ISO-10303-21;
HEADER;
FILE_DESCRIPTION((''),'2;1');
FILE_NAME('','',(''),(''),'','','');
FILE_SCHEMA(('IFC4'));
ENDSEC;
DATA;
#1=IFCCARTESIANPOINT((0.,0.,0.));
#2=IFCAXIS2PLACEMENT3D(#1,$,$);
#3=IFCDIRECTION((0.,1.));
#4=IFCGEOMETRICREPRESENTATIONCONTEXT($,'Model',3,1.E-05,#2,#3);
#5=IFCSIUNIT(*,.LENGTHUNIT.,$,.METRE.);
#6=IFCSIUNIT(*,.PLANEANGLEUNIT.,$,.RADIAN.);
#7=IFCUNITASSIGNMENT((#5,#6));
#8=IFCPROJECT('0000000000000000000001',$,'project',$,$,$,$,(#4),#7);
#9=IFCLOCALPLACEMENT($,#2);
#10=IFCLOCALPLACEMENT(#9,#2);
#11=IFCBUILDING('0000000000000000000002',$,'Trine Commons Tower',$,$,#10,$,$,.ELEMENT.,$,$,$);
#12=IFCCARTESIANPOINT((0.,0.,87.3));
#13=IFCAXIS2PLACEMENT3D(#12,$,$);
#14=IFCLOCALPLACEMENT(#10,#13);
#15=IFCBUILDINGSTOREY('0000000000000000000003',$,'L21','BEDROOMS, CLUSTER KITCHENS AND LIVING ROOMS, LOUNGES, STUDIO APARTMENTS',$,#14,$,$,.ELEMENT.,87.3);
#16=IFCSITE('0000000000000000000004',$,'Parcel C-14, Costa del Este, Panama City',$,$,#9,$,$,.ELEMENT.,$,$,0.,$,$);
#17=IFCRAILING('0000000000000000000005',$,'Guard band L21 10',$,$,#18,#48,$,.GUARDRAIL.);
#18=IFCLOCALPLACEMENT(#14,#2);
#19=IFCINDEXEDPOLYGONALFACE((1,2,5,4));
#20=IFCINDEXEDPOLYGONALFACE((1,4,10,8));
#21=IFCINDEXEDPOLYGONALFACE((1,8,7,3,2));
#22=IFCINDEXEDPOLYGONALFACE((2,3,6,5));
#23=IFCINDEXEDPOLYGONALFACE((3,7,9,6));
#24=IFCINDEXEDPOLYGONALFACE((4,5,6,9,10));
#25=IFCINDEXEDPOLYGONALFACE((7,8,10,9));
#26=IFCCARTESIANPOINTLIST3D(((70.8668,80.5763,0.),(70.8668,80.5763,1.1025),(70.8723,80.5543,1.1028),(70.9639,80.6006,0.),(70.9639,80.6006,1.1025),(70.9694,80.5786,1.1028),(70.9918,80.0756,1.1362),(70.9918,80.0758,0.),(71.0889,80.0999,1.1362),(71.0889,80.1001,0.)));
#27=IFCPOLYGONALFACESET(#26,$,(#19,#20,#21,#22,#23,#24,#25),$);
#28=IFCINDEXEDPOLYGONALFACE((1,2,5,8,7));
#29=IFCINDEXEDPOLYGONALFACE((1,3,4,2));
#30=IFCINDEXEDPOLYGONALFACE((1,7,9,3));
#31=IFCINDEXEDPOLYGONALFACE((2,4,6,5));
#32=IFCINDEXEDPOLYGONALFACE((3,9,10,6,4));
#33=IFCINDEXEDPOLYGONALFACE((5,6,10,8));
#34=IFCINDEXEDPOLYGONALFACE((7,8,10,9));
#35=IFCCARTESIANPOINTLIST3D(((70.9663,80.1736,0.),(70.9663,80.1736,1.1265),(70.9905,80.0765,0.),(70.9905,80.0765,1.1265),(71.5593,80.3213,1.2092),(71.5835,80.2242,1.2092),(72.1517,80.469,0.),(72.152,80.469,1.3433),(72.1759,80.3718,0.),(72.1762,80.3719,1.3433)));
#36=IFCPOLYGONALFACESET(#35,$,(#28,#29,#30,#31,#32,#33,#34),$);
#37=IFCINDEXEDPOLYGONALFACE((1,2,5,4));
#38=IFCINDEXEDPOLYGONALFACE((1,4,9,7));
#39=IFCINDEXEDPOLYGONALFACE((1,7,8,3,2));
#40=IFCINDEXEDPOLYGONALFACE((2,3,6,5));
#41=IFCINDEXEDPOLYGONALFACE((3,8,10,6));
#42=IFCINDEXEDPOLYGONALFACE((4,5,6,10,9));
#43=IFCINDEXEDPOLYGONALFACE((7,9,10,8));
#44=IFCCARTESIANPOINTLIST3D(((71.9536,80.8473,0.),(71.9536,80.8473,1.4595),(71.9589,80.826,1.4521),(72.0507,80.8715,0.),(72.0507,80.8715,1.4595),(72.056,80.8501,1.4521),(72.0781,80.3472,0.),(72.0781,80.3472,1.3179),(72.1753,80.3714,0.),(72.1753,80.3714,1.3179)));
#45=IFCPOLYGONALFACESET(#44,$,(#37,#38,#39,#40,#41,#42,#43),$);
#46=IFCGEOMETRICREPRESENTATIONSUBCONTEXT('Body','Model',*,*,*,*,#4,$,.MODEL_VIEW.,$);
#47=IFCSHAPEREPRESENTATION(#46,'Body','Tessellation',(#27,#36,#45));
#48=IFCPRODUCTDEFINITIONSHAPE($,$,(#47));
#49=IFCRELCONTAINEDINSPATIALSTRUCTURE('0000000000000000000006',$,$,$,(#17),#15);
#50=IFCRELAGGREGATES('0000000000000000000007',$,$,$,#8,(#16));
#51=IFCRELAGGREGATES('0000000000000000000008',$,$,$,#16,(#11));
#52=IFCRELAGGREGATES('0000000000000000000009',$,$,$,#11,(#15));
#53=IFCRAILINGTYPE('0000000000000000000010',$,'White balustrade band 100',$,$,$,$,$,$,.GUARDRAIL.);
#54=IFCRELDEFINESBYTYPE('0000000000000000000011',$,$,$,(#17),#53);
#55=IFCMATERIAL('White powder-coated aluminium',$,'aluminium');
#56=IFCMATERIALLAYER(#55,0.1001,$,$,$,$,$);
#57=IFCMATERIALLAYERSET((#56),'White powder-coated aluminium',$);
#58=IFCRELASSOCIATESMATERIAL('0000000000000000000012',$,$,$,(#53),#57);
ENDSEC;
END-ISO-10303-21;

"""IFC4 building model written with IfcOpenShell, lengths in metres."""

from ifc_helpers import new_model, si_unit, direction, frame, origin, place, context, subcontext, project, spatial, polyline, outline, extrude, material, layer, layer_set, type_object, element, save


model = new_model("IFC4")

# Units and contexts
model_context = context("Model", 3, precision=1e-05, world=origin(), true_north=direction((0.0, 1.0)))
body_context = subcontext(model_context, "Body", "Model", "MODEL_VIEW")
ifc_project = project(units=[si_unit("LENGTHUNIT", "METRE"), si_unit("PLANEANGLEUNIT", "RADIAN")], contexts=[model_context])

# Site, building, storey
site_placement = place(None, origin())
site = spatial("IfcSite", under=ifc_project, at=site_placement, Name="Parcel C-14, Costa del Este, Panama City", CompositionType="ELEMENT", RefElevation=0.0)
building_placement = place(site_placement, origin())
building = spatial("IfcBuilding", under=site, at=building_placement, Name="Trine Commons Tower", CompositionType="ELEMENT")
storey_placement = place(building_placement, frame((0.0, 0.0, 87.3)))
storey = spatial("IfcBuildingStorey", under=building, at=storey_placement, Name="L21", Description="BEDROOMS, CLUSTER KITCHENS AND LIVING ROOMS, LOUNGES, STUDIO APARTMENTS", CompositionType="ELEMENT", Elevation=87.3)

# Railing
ifc_material_1 = material(Name="White powder-coated aluminium", Category="aluminium")
ifc_layer_1 = layer(ifc_material_1, 0.1001)
ifc_layer_set_1 = layer_set([ifc_layer_1], Name="White powder-coated aluminium")
railing_type = type_object("IfcRailingType", Name="White balustrade band 100", PredefinedType="GUARDRAIL", material=ifc_layer_set_1)
railing_1_placement = place(storey_placement, origin())
element("IfcRailing", 1, at=railing_1_placement, inside=storey, type_object=railing_type, Name="Guard band L21 10", PredefinedType="GUARDRAIL", context=body_context, shape_type="SweptSolid", body=[
    extrude(outline(polyline([(0.0, 0.0), (0.5159, 0.0), (0.5161, 1.1362), (0.5161, 1.1362), (0.0227, 1.1028), (0.0, 1.1025), (0.0, 0.0)])), frame((70.9639, 80.6006, 0.0), z_axis=(-0.970198, -0.242313, 0.0), x_axis=(0.242313, -0.970198, 0.0)), (0.0, 0.0, 1.0), 0.1001),
    extrude(outline(polyline([(0.0, 0.0), (1.2217, 0.0), (1.2219, 1.3433), (0.6111, 1.2092), (0.0, 1.1265), (0.0, 0.0)])), frame((70.9663, 80.1736, 0.0), z_axis=(0.241783, -0.97033, 0.0), x_axis=(0.97033, 0.241783, 0.0)), (0.0, 0.0, 1.0), 0.1001),
    extrude(outline(polyline([(0.0, 0.0), (0.5154, 0.0), (0.5154, 1.4595), (0.4934, 1.4521), (0.0, 1.3179), (0.0, 0.0)])), frame((72.0781, 80.3472, 0.0), z_axis=(0.970365, 0.241644, 0.0), x_axis=(-0.241644, 0.970365, 0.0)), (0.0, 0.0, 1.0), 0.1001),
])

save(model, "model.ifc")
